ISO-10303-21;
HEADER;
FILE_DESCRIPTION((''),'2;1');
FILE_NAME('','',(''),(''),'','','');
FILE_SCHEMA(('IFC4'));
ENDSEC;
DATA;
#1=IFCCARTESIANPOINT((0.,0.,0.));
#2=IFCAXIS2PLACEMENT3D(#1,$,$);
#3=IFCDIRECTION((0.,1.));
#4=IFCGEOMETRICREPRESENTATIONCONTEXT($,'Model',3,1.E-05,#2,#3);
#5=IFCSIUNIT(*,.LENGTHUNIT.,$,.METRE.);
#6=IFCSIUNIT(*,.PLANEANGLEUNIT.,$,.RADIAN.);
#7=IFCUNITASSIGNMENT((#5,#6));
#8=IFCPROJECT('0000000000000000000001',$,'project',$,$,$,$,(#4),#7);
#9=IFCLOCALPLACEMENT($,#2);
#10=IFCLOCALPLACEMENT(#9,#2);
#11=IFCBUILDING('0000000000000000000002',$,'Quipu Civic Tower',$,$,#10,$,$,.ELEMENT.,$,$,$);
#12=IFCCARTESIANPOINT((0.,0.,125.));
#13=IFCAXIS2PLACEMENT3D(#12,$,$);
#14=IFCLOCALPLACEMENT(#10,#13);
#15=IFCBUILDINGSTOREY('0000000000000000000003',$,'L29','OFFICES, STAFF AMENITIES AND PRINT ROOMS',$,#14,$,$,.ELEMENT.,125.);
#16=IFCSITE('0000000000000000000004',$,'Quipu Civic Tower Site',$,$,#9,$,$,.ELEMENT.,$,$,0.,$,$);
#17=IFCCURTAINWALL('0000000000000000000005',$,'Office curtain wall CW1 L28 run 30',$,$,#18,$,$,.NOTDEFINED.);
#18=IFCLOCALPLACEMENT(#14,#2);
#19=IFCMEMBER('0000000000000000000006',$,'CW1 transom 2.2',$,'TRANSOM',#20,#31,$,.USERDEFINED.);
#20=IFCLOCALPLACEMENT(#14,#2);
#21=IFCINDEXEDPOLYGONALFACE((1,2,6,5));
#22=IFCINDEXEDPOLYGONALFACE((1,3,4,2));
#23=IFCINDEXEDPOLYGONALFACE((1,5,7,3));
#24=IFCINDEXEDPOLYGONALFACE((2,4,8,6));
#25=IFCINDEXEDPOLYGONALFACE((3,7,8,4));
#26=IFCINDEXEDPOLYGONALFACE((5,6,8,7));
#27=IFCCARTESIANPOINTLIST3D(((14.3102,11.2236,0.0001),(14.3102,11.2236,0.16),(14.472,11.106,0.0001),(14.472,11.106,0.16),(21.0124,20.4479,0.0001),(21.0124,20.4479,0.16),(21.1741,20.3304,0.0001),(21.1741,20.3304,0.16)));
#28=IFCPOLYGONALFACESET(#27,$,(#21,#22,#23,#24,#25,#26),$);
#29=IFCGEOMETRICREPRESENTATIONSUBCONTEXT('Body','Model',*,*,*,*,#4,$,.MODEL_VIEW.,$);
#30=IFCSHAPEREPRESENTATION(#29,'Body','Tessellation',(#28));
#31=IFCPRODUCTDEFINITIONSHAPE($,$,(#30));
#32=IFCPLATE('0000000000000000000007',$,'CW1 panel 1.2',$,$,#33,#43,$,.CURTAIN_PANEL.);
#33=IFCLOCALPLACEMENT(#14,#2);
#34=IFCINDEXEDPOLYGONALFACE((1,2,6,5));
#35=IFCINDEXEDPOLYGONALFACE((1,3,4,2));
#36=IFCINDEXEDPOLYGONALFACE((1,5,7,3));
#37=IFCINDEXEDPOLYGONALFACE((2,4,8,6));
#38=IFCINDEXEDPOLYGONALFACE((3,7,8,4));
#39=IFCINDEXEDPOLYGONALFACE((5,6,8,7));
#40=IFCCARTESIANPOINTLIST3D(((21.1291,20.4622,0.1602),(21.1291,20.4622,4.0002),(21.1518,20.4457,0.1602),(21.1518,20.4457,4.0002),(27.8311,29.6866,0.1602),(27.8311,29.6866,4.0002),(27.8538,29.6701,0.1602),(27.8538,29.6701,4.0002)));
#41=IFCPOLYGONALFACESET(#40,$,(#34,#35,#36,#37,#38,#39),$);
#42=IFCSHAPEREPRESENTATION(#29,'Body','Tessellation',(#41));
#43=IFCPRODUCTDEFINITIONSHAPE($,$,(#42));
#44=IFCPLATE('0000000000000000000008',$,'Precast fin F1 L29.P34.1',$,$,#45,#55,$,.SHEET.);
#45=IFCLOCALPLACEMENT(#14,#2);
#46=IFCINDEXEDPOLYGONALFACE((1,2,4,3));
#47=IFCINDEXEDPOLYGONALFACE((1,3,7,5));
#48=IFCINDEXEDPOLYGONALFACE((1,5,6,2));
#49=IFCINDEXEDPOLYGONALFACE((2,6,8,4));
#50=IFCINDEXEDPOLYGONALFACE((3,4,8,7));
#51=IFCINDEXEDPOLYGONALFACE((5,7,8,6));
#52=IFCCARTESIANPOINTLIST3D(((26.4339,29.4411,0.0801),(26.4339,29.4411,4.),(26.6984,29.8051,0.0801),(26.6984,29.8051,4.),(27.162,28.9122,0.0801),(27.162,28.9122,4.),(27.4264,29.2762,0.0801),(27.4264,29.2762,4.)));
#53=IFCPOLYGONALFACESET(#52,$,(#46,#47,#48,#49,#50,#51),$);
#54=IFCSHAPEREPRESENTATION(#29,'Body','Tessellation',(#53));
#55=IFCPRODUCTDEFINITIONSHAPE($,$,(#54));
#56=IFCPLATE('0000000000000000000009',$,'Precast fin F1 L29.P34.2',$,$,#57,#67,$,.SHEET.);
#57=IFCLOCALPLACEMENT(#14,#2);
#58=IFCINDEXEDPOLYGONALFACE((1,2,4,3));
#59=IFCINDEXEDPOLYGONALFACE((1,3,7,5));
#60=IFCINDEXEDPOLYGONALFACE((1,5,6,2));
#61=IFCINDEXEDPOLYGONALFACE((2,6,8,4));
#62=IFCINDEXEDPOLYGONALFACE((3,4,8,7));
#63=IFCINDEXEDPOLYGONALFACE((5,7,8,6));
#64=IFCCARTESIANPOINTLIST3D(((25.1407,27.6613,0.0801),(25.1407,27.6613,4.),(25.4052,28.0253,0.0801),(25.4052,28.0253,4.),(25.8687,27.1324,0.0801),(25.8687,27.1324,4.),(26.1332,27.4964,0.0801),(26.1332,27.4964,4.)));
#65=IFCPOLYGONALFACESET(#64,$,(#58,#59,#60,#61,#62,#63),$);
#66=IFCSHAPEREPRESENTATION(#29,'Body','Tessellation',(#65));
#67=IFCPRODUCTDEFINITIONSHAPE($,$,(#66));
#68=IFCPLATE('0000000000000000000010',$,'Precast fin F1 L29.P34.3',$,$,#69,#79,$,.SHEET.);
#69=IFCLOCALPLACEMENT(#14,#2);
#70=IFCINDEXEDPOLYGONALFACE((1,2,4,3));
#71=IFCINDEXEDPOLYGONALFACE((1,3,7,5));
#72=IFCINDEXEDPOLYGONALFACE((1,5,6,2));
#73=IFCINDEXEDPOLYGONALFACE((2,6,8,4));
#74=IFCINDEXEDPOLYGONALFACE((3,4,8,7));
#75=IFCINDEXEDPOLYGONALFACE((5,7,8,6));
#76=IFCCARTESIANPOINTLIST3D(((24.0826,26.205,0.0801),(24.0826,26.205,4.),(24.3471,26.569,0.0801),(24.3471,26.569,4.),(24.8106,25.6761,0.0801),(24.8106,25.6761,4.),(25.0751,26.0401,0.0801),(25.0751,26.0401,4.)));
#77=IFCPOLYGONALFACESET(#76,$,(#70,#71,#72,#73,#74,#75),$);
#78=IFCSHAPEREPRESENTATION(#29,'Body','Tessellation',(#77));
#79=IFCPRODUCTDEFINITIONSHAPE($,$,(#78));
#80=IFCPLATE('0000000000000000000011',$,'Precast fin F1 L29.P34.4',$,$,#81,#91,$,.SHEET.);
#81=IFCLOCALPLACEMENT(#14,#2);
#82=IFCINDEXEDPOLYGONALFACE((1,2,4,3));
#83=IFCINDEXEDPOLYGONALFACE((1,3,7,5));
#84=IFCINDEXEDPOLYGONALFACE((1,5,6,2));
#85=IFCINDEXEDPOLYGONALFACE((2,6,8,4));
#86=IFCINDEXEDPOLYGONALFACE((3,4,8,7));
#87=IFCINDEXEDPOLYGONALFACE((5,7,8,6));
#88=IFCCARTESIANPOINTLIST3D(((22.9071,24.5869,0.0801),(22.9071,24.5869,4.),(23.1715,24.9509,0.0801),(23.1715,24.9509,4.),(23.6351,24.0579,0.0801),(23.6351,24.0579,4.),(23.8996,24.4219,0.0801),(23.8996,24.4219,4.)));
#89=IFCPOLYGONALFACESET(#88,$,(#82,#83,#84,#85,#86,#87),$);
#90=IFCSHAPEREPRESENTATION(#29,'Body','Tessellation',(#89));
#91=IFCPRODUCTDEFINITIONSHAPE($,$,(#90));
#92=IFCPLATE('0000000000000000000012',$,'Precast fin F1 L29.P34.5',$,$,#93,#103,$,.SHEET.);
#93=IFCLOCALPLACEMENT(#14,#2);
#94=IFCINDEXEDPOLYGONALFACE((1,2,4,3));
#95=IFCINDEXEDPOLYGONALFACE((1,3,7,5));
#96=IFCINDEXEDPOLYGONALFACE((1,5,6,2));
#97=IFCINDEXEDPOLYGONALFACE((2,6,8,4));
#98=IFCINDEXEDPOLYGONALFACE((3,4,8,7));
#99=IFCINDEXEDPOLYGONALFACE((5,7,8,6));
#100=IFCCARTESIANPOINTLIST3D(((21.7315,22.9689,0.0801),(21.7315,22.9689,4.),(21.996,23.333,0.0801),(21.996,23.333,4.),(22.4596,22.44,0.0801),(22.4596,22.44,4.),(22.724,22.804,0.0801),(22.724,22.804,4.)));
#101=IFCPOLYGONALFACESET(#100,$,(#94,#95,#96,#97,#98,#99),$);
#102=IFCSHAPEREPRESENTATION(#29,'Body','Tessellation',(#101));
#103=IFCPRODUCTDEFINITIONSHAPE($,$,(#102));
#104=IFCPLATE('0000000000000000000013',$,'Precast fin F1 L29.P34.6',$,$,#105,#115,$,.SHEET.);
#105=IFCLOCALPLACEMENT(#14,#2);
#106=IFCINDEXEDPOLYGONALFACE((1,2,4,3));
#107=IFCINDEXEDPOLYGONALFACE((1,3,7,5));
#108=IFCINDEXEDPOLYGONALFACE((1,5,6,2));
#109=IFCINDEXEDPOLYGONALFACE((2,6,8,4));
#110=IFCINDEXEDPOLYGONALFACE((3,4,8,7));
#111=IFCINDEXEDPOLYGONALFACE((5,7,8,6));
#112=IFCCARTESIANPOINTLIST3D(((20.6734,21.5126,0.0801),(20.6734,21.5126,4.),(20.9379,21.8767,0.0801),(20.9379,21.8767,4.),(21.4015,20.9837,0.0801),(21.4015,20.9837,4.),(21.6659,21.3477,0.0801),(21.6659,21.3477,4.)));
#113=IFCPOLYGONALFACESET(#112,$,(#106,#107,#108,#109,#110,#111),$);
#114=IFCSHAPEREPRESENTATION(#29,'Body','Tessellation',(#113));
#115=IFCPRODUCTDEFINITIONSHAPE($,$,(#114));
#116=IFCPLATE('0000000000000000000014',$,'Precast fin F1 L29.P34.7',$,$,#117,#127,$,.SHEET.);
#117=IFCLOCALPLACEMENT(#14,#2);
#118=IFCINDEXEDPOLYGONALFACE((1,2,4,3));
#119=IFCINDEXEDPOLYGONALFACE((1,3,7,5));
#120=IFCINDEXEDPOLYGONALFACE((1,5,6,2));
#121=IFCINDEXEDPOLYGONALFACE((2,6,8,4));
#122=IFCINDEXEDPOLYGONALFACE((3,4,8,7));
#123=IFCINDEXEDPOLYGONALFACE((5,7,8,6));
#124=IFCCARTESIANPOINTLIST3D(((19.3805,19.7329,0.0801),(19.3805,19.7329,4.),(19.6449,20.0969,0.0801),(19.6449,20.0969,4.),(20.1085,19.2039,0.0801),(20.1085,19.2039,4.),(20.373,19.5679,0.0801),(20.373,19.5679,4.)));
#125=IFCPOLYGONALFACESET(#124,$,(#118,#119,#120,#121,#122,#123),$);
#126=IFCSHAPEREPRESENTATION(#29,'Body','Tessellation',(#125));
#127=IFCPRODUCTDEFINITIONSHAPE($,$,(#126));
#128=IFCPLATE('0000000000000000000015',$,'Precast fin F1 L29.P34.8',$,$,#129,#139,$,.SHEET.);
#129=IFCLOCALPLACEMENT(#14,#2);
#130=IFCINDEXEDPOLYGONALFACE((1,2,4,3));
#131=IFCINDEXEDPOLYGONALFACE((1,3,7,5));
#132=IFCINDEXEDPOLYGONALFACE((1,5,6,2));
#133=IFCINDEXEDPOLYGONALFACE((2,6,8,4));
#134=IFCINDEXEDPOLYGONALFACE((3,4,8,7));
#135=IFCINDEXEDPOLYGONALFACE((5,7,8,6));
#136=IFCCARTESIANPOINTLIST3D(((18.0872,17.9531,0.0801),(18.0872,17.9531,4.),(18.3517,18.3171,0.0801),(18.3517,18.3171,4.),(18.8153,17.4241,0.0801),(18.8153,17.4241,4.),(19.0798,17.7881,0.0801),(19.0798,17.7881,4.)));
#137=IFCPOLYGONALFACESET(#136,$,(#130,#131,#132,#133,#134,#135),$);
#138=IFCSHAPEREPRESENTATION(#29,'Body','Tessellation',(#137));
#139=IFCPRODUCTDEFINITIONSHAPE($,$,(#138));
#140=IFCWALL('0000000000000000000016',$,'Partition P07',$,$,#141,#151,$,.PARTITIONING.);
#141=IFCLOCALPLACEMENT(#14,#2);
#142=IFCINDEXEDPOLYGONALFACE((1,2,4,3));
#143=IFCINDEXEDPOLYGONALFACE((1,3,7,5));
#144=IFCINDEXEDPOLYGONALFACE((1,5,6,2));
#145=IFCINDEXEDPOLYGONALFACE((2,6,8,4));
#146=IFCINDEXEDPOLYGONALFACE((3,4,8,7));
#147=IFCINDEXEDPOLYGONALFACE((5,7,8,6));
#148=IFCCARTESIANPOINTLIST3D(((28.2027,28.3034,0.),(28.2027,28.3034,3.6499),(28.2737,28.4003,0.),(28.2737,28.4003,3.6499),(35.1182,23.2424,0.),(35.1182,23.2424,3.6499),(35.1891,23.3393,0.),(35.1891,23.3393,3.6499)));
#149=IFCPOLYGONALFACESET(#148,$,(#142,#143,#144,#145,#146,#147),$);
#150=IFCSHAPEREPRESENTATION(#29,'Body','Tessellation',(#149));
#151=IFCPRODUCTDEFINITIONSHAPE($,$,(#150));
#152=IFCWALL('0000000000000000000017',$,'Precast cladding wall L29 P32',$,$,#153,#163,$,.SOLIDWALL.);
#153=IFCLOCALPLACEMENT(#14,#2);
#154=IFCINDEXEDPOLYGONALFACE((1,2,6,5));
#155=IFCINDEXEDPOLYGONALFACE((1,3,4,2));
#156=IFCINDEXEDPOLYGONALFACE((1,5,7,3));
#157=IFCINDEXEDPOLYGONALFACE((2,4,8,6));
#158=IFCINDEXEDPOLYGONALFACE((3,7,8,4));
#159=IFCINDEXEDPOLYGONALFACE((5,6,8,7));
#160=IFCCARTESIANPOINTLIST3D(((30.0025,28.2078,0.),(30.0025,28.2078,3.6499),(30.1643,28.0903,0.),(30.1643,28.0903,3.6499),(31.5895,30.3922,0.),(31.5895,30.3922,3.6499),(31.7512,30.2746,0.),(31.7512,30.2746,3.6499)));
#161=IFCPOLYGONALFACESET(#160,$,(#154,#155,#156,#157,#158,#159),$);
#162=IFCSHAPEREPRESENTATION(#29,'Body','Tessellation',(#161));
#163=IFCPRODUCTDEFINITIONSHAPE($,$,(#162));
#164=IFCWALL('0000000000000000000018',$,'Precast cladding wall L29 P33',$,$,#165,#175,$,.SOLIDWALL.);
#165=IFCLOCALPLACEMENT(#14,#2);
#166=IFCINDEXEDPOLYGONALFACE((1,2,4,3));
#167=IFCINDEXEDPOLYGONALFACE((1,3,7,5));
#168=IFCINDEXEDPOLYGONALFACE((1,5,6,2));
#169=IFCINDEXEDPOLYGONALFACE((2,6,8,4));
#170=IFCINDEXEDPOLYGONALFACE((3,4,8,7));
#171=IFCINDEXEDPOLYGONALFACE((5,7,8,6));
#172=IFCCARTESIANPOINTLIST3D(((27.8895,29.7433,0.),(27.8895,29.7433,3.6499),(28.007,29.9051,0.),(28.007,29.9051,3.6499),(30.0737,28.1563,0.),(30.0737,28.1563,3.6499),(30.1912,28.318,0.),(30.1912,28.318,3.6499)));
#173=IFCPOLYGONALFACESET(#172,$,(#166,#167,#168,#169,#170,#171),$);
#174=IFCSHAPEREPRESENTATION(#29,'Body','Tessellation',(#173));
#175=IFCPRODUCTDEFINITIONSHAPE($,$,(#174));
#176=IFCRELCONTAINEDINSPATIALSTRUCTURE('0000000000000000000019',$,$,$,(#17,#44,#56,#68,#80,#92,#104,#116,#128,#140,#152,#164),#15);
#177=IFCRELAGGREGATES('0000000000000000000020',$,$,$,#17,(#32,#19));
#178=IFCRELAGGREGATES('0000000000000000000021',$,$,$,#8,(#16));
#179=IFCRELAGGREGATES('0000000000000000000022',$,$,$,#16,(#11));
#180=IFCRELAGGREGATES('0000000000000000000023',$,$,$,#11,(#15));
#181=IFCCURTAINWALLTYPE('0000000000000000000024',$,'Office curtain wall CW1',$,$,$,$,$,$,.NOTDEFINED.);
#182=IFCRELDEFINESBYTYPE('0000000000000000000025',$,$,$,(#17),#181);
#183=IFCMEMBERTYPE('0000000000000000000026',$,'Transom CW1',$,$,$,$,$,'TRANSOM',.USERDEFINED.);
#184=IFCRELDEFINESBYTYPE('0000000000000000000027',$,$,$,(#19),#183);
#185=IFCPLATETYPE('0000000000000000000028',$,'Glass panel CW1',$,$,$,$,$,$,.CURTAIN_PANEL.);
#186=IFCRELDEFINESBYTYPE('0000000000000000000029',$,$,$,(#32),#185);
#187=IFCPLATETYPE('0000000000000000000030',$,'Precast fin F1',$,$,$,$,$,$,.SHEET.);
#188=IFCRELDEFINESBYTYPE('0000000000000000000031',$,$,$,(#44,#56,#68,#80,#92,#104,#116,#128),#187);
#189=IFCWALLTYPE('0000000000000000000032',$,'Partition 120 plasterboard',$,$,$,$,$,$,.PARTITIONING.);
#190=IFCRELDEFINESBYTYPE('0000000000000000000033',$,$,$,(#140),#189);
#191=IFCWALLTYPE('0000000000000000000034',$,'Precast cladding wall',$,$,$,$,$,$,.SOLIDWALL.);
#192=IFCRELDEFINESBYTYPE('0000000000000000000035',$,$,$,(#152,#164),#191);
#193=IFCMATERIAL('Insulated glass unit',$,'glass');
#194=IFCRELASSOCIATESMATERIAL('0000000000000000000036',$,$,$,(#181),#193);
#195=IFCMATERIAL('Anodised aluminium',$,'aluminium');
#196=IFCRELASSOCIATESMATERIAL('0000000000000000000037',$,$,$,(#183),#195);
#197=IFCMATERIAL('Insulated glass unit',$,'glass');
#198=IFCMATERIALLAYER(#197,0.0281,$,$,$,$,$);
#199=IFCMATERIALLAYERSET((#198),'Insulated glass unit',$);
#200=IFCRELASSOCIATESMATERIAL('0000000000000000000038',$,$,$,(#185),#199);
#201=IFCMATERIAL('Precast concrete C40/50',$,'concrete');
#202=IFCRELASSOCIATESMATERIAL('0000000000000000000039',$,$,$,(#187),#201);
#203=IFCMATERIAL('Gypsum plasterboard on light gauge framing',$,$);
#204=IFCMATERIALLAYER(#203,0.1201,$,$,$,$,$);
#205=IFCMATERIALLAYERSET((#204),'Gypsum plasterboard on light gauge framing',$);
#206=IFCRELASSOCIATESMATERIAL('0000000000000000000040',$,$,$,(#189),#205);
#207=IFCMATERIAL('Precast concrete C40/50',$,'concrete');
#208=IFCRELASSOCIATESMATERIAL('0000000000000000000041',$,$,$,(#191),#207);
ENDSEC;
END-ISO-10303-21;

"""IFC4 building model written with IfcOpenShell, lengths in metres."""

from ifc_helpers import new_model, si_unit, direction, frame, frame_2d, origin, origin_2d, place, context, subcontext, project, spatial, rectangle, extrude, material, layer, layer_set, material_profile, profile_set, type_object, element, aggregate, save


model = new_model("IFC4")

# Units and contexts
model_context = context("Model", 3, precision=1e-05, world=origin(), true_north=direction((0.0, 1.0)))
body_context = subcontext(model_context, "Body", "Model", "MODEL_VIEW")
ifc_project = project(units=[si_unit("LENGTHUNIT", "METRE"), si_unit("PLANEANGLEUNIT", "RADIAN")], contexts=[model_context])

# Site, building, storey
site_placement = place(None, origin())
site = spatial("IfcSite", under=ifc_project, at=site_placement, Name="Quipu Civic Tower Site", CompositionType="ELEMENT", RefElevation=0.0)
building_placement = place(site_placement, origin())
building = spatial("IfcBuilding", under=site, at=building_placement, Name="Quipu Civic Tower", CompositionType="ELEMENT")
storey_placement = place(building_placement, frame((0.0, 0.0, 125.0)))
storey = spatial("IfcBuildingStorey", under=building, at=storey_placement, Name="L29", Description="OFFICES, STAFF AMENITIES AND PRINT ROOMS", CompositionType="ELEMENT", Elevation=125.0)

# Curtain wall
ifc_material_1 = material(Name="Insulated glass unit", Category="glass")
curtain_wall_type = type_object("IfcCurtainWallType", Name="Office curtain wall CW1", PredefinedType="NOTDEFINED", material=ifc_material_1)
curtain_wall_placement = place(storey_placement, origin())
curtain_wall = element("IfcCurtainWall", 1, at=curtain_wall_placement, inside=storey, type_object=curtain_wall_type, Name="Office curtain wall CW1 L28 run 30", PredefinedType="NOTDEFINED")

# Member
ifc_material_2 = material(Name="Anodised aluminium", Category="aluminium")
ifc_material_profile_1 = material_profile(ifc_material_2, rectangle(XDim=0.2, YDim=0.1599, at=origin_2d()), Name="RECT 200x160")
ifc_profile_set_1 = profile_set([ifc_material_profile_1], Name="Anodised aluminium")
member_type_1 = type_object("IfcMemberType", Name="Transom CW1", ElementType="TRANSOM", PredefinedType="USERDEFINED", material=ifc_profile_set_1)
member_1_placement = place(storey_placement, frame((21.0933, 20.3892, 0.0801), z_axis=(-0.5878, -0.809006, 0.0), x_axis=(0.809006, -0.5878, 0.0)))
member_1 = element("IfcMember", 2, at=member_1_placement, type_object=member_type_1, Name="CW1 transom 2.2", ObjectType="TRANSOM", PredefinedType="USERDEFINED", context=body_context, shape_type="SweptSolid", body=[
    extrude(rectangle(XDim=0.2, YDim=0.1599, at=origin_2d()), origin(), (0.0, 0.0, 1.0), 11.4021),
])

# Plate
ifc_material_3 = material(Name="Insulated glass unit", Category="glass")
ifc_layer_1 = layer(ifc_material_3, 0.0281)
ifc_layer_set_1 = layer_set([ifc_layer_1], Name="Insulated glass unit")
plate_type_1 = type_object("IfcPlateType", Name="Glass panel CW1", PredefinedType="CURTAIN_PANEL", material=ifc_layer_set_1)
plate_placement = place(storey_placement, frame((24.4915, 25.0662, 0.1602), z_axis=(0.0, 0.0, 1.0), x_axis=(-0.587789, -0.809014, 0.0)))
plate = element("IfcPlate", 3, at=plate_placement, type_object=plate_type_1, Name="CW1 panel 1.2", PredefinedType="CURTAIN_PANEL", context=body_context, shape_type="SweptSolid", body=[
    extrude(rectangle(XDim=11.4021, YDim=0.0281, at=origin_2d()), origin(), (0.0, 0.0, 1.0), 3.8401),
])
aggregate(curtain_wall, [plate, member_1])

# Plates
ifc_material_4 = material(Name="Precast concrete C40/50", Category="concrete")
plate_type_2 = type_object("IfcPlateType", Name="Precast fin F1", PredefinedType="SHEET", material=ifc_material_4)
for number, where, z_axis, x_axis, name in (
    (4, (26.9302, 29.3586, 0.0801), (0.0, 0.0, 1.0), (-0.587787, -0.809016, 0.0), "Precast fin F1 L29.P34.1"),
    (5, (25.637, 27.5789, 0.0801), (0.0, 0.0, 1.0), (-0.587787, -0.809016, 0.0), "Precast fin F1 L29.P34.2"),
    (6, (24.5789, 26.1226, 0.0801), (0.0, 0.0, 1.0), (-0.587787, -0.809016, 0.0), "Precast fin F1 L29.P34.3"),
    (7, (23.4033, 24.5044, 0.0801), (0.0, 0.0, 1.0), (-0.587787, -0.809016, 0.0), "Precast fin F1 L29.P34.4"),
    (8, (22.2278, 22.8865, 0.0801), (0.0, 0.0, 1.0), (-0.587787, -0.809016, 0.0), "Precast fin F1 L29.P34.5"),
    (9, (21.1697, 21.4302, 0.0801), (0.0, 0.0, 1.0), (-0.587787, -0.809016, 0.0), "Precast fin F1 L29.P34.6"),
    (10, (19.8767, 19.6504, 0.0801), (0.0, 0.0, 1.0), (-0.587787, -0.809016, 0.0), "Precast fin F1 L29.P34.7"),
    (11, (18.5835, 17.8706, 0.0801), (0.0, 0.0, 1.0), (-0.587787, -0.809016, 0.0), "Precast fin F1 L29.P34.8"),
):
    element("IfcPlate", number, at=place(storey_placement, frame(where, z_axis=z_axis, x_axis=x_axis)), inside=storey, type_object=plate_type_2, Name=name, PredefinedType="SHEET", context=body_context, shape_type="SweptSolid", body=[
        extrude(rectangle(XDim=0.45, YDim=0.8999, at=origin_2d()), origin(), (0.0, 0.0, 1.0), 3.9199),
    ])

# Walls
ifc_material_5 = material(Name="Gypsum plasterboard on light gauge framing")
ifc_layer_2 = layer(ifc_material_5, 0.1201)
ifc_layer_set_2 = layer_set([ifc_layer_2], Name="Gypsum plasterboard on light gauge framing")
wall_type_1 = type_object("IfcWallType", Name="Partition 120 plasterboard", PredefinedType="PARTITIONING", material=ifc_layer_set_2)
wall_placement = place(storey_placement, frame((28.2383, 28.3518, 0.0), z_axis=(0.0, 0.0, 1.0), x_axis=(0.806981, -0.590578, 0.0)))
element("IfcWall", 12, at=wall_placement, inside=storey, type_object=wall_type_1, Name="Partition P07", PredefinedType="PARTITIONING", context=body_context, shape_type="SweptSolid", body=[
    extrude(rectangle(XDim=8.5696, YDim=0.1201, at=frame_2d((4.2847, 0.0))), origin(), (0.0, 0.0, 1.0), 3.6499),
])
ifc_material_6 = material(Name="Precast concrete C40/50", Category="concrete")
wall_type_2 = type_object("IfcWallType", Name="Precast cladding wall", PredefinedType="SOLIDWALL", material=ifc_material_6)
for number, where, z_axis, x_axis, name in (
    (13, (31.6704, 30.3335, 0.0), (0.0, 0.0, 1.0), (-0.587763, -0.809033, 0.0), "Precast cladding wall L29 P32"),
    (14, (30.1326, 28.2371, 0.0), (0.0, 0.0, 1.0), (-0.80899, 0.587822, 0.0), "Precast cladding wall L29 P33"),
):
    element("IfcWall", number, at=place(storey_placement, frame(where, z_axis=z_axis, x_axis=x_axis)), inside=storey, type_object=wall_type_2, Name=name, PredefinedType="SOLIDWALL", context=body_context, shape_type="SweptSolid", body=[
        extrude(rectangle(XDim=2.7, YDim=0.2, at=frame_2d((1.3501, 0.0))), origin(), (0.0, 0.0, 1.0), 3.6499),
    ])

save(model, "model.ifc")
